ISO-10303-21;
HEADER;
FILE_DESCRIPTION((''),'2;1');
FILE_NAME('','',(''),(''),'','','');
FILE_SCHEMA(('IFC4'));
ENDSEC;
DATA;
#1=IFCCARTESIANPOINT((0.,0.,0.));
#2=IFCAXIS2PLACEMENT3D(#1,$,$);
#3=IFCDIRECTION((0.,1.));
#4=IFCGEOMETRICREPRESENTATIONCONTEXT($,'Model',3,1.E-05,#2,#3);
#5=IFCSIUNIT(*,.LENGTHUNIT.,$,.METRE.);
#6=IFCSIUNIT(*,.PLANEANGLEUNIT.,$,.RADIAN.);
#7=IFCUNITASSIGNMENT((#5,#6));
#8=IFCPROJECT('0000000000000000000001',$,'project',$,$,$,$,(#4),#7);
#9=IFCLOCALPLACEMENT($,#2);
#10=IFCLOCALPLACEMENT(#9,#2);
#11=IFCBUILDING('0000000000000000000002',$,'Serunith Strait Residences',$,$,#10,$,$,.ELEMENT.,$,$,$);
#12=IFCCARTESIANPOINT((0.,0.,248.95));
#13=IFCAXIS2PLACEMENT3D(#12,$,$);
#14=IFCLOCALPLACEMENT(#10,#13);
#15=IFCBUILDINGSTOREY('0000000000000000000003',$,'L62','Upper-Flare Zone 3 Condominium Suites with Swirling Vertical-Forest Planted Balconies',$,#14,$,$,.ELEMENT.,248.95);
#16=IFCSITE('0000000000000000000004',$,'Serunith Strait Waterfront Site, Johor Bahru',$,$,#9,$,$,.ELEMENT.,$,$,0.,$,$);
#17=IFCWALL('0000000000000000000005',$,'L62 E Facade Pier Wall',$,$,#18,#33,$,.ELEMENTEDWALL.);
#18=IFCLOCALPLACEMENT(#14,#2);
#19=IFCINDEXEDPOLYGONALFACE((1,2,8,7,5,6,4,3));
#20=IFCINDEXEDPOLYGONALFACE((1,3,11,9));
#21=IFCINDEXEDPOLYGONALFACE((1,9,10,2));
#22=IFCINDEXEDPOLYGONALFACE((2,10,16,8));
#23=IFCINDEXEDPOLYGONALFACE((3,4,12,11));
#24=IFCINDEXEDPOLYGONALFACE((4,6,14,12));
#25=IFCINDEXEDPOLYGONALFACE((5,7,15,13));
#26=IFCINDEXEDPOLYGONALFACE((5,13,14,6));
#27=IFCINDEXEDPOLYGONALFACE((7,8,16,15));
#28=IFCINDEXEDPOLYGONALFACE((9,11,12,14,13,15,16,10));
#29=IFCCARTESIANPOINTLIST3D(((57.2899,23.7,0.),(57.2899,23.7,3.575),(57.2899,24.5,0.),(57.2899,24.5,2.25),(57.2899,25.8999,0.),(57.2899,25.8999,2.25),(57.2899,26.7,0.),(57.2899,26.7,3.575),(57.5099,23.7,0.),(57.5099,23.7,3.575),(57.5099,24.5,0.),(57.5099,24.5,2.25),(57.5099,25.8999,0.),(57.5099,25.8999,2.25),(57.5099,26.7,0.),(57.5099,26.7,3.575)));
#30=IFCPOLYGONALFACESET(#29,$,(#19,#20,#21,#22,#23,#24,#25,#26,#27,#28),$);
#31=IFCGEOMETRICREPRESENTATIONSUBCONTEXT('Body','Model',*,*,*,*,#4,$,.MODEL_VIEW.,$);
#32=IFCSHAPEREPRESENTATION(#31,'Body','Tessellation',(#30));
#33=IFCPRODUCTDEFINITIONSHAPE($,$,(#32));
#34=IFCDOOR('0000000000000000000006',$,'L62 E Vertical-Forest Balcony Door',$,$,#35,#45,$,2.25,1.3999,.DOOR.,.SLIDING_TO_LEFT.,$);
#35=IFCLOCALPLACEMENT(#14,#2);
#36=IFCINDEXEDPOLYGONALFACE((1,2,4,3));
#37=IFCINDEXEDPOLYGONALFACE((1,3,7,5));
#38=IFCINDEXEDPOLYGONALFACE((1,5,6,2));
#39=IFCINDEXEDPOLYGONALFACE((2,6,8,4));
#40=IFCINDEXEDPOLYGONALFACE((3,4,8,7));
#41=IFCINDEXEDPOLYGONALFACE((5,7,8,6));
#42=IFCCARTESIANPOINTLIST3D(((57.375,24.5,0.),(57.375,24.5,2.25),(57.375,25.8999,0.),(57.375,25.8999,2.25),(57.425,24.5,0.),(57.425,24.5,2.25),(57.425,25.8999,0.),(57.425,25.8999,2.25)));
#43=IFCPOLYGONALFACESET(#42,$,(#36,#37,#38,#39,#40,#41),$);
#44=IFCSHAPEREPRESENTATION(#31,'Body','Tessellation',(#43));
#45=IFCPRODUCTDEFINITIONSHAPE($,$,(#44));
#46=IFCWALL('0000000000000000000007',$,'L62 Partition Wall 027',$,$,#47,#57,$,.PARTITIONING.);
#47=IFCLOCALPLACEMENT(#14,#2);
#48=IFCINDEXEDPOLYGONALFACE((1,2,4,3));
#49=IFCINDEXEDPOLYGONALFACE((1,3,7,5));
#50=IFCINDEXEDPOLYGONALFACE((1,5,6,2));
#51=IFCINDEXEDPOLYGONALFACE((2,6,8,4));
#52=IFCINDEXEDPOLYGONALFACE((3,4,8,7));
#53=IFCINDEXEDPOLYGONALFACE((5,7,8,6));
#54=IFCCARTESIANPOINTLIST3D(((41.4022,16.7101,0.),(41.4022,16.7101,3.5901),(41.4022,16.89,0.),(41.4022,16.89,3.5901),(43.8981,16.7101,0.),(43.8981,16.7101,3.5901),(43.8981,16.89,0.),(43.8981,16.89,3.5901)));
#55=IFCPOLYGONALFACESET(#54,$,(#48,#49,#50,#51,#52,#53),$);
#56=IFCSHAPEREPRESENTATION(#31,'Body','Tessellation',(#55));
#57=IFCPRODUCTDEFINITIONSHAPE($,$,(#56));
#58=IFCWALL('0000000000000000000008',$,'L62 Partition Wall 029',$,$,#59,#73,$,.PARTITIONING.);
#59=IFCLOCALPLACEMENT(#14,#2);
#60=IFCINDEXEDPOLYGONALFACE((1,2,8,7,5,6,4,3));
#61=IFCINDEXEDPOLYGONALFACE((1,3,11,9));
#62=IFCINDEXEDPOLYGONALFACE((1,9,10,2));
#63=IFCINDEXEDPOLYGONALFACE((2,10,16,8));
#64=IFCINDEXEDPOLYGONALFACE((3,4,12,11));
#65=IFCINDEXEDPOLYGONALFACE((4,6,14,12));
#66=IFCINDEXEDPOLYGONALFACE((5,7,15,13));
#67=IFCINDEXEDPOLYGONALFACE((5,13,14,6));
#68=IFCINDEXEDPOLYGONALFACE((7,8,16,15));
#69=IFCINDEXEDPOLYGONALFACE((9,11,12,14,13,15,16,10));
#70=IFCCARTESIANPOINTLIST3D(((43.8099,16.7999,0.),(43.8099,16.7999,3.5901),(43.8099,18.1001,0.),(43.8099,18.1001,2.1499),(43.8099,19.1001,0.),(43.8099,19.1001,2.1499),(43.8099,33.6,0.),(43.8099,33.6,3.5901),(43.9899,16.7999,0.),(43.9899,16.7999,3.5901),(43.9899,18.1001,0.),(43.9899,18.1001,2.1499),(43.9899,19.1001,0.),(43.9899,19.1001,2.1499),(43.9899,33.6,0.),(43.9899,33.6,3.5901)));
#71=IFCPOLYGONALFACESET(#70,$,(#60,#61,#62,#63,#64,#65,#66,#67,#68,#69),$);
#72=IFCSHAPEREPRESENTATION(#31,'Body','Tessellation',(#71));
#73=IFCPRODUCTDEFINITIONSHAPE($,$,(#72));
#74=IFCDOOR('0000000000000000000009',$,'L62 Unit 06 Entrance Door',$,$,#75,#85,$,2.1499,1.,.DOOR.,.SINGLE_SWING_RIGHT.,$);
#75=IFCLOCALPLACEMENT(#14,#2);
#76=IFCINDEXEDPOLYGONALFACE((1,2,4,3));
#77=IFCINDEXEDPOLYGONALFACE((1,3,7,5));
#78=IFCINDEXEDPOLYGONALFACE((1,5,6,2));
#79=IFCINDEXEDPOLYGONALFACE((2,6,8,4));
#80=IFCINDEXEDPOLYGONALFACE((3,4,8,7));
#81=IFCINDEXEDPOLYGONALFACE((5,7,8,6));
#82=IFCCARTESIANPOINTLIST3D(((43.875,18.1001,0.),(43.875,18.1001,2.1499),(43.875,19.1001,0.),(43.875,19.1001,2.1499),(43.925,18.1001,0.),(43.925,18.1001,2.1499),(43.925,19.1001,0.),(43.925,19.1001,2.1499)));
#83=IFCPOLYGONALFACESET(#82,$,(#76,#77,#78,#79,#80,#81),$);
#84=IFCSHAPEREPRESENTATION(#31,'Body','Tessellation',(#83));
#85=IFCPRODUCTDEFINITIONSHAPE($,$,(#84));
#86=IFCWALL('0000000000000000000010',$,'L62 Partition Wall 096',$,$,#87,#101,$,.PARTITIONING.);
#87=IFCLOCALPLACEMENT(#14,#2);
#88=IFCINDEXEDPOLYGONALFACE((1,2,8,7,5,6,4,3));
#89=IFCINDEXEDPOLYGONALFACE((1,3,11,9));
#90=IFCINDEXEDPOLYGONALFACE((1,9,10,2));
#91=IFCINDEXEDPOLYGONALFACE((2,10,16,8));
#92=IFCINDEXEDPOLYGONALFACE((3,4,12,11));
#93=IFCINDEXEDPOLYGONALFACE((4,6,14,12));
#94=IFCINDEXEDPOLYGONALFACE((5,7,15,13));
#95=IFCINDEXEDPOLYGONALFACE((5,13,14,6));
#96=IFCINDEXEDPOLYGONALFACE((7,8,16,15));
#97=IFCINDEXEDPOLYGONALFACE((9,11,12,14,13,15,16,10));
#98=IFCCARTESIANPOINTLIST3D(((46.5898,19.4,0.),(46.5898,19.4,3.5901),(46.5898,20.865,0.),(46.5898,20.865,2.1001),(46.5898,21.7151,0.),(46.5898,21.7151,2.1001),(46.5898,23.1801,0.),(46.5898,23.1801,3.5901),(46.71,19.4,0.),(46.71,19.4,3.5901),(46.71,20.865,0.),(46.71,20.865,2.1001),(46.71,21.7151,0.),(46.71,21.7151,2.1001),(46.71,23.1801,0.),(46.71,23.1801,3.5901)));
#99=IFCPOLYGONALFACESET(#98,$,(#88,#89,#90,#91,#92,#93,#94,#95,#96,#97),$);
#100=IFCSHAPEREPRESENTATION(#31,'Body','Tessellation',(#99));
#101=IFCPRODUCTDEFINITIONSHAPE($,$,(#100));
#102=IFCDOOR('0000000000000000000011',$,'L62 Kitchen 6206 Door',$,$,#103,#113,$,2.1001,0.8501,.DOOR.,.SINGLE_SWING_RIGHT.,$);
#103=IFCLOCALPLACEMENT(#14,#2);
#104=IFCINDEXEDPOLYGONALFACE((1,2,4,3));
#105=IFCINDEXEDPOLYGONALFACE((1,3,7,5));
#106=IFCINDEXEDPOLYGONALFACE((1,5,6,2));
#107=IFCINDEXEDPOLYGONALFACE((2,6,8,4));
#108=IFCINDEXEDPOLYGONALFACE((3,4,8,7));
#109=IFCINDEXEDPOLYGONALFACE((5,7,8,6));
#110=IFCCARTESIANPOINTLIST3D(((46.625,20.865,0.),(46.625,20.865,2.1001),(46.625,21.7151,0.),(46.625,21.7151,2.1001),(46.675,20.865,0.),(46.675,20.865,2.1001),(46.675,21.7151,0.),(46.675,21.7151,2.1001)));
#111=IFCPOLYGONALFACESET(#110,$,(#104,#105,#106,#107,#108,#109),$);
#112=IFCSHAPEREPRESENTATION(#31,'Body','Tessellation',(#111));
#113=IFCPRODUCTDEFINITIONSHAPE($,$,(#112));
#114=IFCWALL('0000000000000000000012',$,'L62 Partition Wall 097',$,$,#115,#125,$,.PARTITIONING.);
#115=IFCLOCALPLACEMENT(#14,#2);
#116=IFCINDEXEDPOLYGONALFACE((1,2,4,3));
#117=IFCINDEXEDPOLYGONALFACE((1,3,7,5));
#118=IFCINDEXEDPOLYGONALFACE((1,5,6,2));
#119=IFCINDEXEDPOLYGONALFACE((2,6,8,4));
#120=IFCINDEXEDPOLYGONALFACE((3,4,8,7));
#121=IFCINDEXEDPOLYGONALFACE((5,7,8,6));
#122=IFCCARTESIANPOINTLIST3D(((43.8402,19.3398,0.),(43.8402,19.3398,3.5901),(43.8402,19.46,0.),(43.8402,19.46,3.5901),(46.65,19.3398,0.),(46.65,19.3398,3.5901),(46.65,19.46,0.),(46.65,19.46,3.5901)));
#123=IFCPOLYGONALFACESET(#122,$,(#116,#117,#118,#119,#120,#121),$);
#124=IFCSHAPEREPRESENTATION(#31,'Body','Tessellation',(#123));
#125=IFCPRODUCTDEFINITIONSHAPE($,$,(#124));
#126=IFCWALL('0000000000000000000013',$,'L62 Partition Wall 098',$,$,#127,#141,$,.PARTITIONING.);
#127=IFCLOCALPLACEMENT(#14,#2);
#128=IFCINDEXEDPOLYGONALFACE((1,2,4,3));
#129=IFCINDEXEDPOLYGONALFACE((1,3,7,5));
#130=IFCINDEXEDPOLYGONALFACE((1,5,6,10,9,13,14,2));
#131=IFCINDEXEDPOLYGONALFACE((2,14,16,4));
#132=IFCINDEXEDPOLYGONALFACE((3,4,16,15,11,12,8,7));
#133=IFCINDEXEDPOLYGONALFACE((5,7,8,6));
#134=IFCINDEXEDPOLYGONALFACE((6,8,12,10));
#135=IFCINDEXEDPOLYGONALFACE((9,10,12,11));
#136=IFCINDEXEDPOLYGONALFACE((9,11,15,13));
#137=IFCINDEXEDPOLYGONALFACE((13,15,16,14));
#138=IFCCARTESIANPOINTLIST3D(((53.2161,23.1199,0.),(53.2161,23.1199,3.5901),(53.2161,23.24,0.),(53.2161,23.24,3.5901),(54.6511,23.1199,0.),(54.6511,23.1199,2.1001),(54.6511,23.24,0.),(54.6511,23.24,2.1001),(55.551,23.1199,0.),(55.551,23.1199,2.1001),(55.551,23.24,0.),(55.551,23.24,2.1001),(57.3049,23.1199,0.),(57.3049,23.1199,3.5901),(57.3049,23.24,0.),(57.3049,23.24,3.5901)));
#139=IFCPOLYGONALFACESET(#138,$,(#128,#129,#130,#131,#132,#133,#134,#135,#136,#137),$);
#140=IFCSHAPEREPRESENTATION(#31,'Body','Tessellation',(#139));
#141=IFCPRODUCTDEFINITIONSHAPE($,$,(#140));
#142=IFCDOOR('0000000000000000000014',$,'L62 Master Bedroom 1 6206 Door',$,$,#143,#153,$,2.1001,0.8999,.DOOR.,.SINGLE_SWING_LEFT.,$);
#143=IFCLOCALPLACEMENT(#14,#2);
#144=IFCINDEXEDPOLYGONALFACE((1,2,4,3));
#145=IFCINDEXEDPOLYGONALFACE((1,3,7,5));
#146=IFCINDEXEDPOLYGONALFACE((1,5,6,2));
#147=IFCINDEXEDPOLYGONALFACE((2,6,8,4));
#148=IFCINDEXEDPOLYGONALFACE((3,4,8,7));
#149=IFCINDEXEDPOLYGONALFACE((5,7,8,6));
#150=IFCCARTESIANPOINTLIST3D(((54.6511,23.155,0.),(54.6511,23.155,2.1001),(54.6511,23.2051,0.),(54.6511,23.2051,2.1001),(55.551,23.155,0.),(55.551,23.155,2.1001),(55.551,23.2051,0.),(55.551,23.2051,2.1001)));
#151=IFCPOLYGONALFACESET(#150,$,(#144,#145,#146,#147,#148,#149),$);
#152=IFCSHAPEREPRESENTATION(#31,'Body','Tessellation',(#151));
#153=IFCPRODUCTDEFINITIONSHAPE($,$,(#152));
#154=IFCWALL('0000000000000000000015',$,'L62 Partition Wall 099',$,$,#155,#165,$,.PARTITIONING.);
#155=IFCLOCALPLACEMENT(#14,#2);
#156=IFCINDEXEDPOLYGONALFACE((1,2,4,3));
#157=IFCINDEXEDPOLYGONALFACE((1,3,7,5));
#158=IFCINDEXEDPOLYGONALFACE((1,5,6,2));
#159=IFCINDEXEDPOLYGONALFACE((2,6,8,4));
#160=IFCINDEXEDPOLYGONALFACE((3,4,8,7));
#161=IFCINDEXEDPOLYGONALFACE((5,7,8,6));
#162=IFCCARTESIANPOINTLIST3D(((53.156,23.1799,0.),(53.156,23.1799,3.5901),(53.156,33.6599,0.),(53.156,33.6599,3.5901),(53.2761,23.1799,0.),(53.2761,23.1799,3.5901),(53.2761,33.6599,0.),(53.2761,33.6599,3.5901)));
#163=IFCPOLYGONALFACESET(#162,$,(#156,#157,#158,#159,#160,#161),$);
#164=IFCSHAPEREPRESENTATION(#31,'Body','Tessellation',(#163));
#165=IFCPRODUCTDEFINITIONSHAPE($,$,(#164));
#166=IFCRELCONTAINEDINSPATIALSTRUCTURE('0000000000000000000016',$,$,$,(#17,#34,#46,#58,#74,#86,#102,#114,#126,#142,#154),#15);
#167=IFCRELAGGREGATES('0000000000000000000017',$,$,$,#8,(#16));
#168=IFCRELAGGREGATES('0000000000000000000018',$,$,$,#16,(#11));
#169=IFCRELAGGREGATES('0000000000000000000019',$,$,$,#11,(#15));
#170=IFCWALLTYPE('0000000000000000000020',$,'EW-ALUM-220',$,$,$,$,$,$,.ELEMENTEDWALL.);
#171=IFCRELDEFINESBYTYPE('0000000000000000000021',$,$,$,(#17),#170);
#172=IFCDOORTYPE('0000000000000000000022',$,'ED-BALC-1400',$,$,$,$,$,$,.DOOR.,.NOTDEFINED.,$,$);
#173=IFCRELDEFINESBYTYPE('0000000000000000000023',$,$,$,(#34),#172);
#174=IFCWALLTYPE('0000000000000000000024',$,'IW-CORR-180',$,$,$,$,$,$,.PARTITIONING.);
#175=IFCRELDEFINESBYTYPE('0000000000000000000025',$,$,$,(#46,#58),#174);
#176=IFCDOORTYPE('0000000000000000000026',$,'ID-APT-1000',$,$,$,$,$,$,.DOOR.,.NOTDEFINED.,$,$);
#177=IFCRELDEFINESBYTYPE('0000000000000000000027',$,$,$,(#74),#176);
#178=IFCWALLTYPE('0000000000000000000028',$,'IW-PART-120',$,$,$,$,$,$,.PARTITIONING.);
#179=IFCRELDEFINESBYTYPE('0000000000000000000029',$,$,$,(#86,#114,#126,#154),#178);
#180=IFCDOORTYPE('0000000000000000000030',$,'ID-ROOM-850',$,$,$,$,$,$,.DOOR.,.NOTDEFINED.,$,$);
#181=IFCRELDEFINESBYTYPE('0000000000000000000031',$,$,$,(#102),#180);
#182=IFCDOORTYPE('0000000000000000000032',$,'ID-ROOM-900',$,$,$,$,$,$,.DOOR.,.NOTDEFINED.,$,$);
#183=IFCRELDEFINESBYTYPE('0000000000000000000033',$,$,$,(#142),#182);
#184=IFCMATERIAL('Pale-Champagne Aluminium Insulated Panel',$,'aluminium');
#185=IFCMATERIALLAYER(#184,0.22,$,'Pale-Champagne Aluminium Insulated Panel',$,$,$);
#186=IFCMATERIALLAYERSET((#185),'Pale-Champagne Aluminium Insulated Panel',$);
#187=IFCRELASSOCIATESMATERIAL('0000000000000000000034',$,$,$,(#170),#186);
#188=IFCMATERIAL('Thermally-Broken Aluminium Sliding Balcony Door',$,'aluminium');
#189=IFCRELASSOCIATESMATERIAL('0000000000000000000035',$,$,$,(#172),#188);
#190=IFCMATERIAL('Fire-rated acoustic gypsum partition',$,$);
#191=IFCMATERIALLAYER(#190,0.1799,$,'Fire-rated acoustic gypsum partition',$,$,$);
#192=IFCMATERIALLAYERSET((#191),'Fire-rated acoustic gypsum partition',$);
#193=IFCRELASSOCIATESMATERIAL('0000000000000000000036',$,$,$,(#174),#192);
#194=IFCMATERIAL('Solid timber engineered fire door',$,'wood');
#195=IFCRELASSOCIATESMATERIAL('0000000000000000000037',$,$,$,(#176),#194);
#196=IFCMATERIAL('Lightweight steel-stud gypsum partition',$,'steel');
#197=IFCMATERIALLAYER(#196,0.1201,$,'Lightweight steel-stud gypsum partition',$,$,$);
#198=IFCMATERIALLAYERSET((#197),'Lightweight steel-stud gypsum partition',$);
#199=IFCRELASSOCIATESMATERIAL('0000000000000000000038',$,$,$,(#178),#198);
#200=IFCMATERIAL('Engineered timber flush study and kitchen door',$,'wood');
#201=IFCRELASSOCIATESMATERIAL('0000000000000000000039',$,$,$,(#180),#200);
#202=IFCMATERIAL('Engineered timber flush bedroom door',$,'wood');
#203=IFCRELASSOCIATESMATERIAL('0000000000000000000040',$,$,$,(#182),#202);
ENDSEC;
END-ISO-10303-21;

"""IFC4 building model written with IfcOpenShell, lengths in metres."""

from ifc_helpers import new_model, si_unit, direction, frame, frame_2d, origin, place, context, subcontext, project, spatial, rectangle, extrude, source, transform, mapped, material, layer, layer_set, type_object, element, fill, save


model = new_model("IFC4")

# Units and contexts
model_context = context("Model", 3, precision=1e-05, world=origin(), true_north=direction((0.0, 1.0)))
body_context = subcontext(model_context, "Body", "Model", "MODEL_VIEW")
ifc_project = project(units=[si_unit("LENGTHUNIT", "METRE"), si_unit("PLANEANGLEUNIT", "RADIAN")], contexts=[model_context])

# Site, building, storey
site_placement = place(None, origin())
site = spatial("IfcSite", under=ifc_project, at=site_placement, Name="Serunith Strait Waterfront Site, Johor Bahru", CompositionType="ELEMENT", RefElevation=0.0)
building_placement = place(site_placement, origin())
building = spatial("IfcBuilding", under=site, at=building_placement, Name="Serunith Strait Residences", CompositionType="ELEMENT")
storey_placement = place(building_placement, frame((0.0, 0.0, 248.95)))
storey = spatial("IfcBuildingStorey", under=building, at=storey_placement, Name="L62", Description="Upper-Flare Zone 3 Condominium Suites with Swirling Vertical-Forest Planted Balconies", CompositionType="ELEMENT", Elevation=248.95)

# Wall, opening, door
ifc_material_1 = material(Name="Pale-Champagne Aluminium Insulated Panel", Category="aluminium")
ifc_layer_1 = layer(ifc_material_1, 0.22, Name="Pale-Champagne Aluminium Insulated Panel")
ifc_layer_set_1 = layer_set([ifc_layer_1], Name="Pale-Champagne Aluminium Insulated Panel")
wall_type_1 = type_object("IfcWallType", Name="EW-ALUM-220", PredefinedType="ELEMENTEDWALL", material=ifc_layer_set_1)
wall_1_placement = place(storey_placement, frame((57.3999, 23.7, 0.0), z_axis=(0.0, 0.0, 1.0), x_axis=(0.0, 1.0, 0.0)))
wall_1 = element("IfcWall", 1, at=wall_1_placement, inside=storey, type_object=wall_type_1, Name="L62 E Facade Pier Wall", PredefinedType="ELEMENTEDWALL", context=body_context, shape_type="SweptSolid", body=[
    extrude(rectangle(XDim=3.0, YDim=0.22, at=frame_2d((1.5, 0.0))), origin(), (0.0, 0.0, 1.0), 3.575),
])
opening_1_placement = place(wall_1_placement, frame((0.8, 0.0, 0.0)))
opening_1 = element("IfcOpeningElement", 2, at=opening_1_placement, cuts=wall_1, PredefinedType="OPENING", context=body_context, shape_type="SweptSolid", body=[
    extrude(rectangle(XDim=1.3999, YDim=2.25, at=frame_2d((0.7, 1.125))), frame((0.0, 0.1201, 0.0), z_axis=(0.0, -1.0, 0.0), x_axis=(1.0, 0.0, 0.0)), (0.0, 0.0, 1.0), 0.24),
])
ifc_material_2 = material(Name="Thermally-Broken Aluminium Sliding Balcony Door", Category="aluminium")
door_type_1 = type_object("IfcDoorType", Name="ED-BALC-1400", OperationType="NOTDEFINED", PredefinedType="DOOR", material=ifc_material_2)
shared_shape_1 = source(origin(), body_context, "Body", "SweptSolid", [
    extrude(rectangle(XDim=1.3999, YDim=2.25, at=frame_2d((0.7, 1.125))), frame((0.0, 0.0249, 0.0), z_axis=(0.0, -1.0, 0.0), x_axis=(1.0, 0.0, 0.0)), (0.0, 0.0, 1.0), 0.05),
])
door_1_placement = place(opening_1_placement, origin())
door_1 = element("IfcDoor", 3, at=door_1_placement, inside=storey, type_object=door_type_1, Name="L62 E Vertical-Forest Balcony Door", OperationType="SLIDING_TO_LEFT", OverallHeight=2.25, OverallWidth=1.3999, PredefinedType="DOOR", context=body_context, shape_type="MappedRepresentation", body=[
    mapped(shared_shape_1, transform((0.0, 0.0, 0.0), scale=1.0)),
])
fill(opening_1, door_1)

# Wall
ifc_material_3 = material(Name="Fire-rated acoustic gypsum partition")
ifc_layer_2 = layer(ifc_material_3, 0.1799, Name="Fire-rated acoustic gypsum partition")
ifc_layer_set_2 = layer_set([ifc_layer_2], Name="Fire-rated acoustic gypsum partition")
wall_type_2 = type_object("IfcWallType", Name="IW-CORR-180", PredefinedType="PARTITIONING", material=ifc_layer_set_2)
wall_2_placement = place(storey_placement, frame((41.4021, 16.8, 0.0), z_axis=(0.0, 0.0, 1.0), x_axis=(1.0, 0.0, 0.0)))
element("IfcWall", 4, at=wall_2_placement, inside=storey, type_object=wall_type_2, Name="L62 Partition Wall 027", PredefinedType="PARTITIONING", context=body_context, shape_type="SweptSolid", body=[
    extrude(rectangle(XDim=2.4958, YDim=0.1799, at=frame_2d((1.248, 0.0))), origin(), (0.0, 0.0, 1.0), 3.5901),
])

# Walls, openings, doors
wall_3_placement = place(storey_placement, frame((43.8999, 16.8, 0.0), z_axis=(0.0, 0.0, 1.0), x_axis=(0.0, 1.0, 0.0)))
wall_3 = element("IfcWall", 5, at=wall_3_placement, inside=storey, type_object=wall_type_2, Name="L62 Partition Wall 029", PredefinedType="PARTITIONING", context=body_context, shape_type="SweptSolid", body=[
    extrude(rectangle(XDim=16.8, YDim=0.1799, at=frame_2d((8.3999, 0.0))), origin(), (0.0, 0.0, 1.0), 3.5901),
])
opening_2_placement = place(wall_3_placement, frame((1.3, 0.0, 0.0)))
opening_2 = element("IfcOpeningElement", 6, at=opening_2_placement, cuts=wall_3, PredefinedType="OPENING", context=body_context, shape_type="SweptSolid", body=[
    extrude(rectangle(XDim=1.0, YDim=2.1499, at=frame_2d((0.5, 1.075))), frame((0.0, 0.1001, 0.0), z_axis=(0.0, -1.0, 0.0), x_axis=(1.0, 0.0, 0.0)), (0.0, 0.0, 1.0), 0.2),
])
ifc_material_4 = material(Name="Solid timber engineered fire door", Category="wood")
door_type_2 = type_object("IfcDoorType", Name="ID-APT-1000", OperationType="NOTDEFINED", PredefinedType="DOOR", material=ifc_material_4)
shared_shape_2 = source(origin(), body_context, "Body", "SweptSolid", [
    extrude(rectangle(XDim=1.0, YDim=2.1499, at=frame_2d((0.5, 1.075))), frame((0.0, 0.0249, 0.0), z_axis=(0.0, -1.0, 0.0), x_axis=(1.0, 0.0, 0.0)), (0.0, 0.0, 1.0), 0.05),
])
door_2_placement = place(opening_2_placement, origin())
door_2 = element("IfcDoor", 7, at=door_2_placement, inside=storey, type_object=door_type_2, Name="L62 Unit 06 Entrance Door", OperationType="SINGLE_SWING_RIGHT", OverallHeight=2.1499, OverallWidth=1.0, PredefinedType="DOOR", context=body_context, shape_type="MappedRepresentation", body=[
    mapped(shared_shape_2, transform((0.0, 0.0, 0.0), scale=1.0)),
])
fill(opening_2, door_2)
ifc_material_5 = material(Name="Lightweight steel-stud gypsum partition", Category="steel")
ifc_layer_3 = layer(ifc_material_5, 0.1201, Name="Lightweight steel-stud gypsum partition")
ifc_layer_set_3 = layer_set([ifc_layer_3], Name="Lightweight steel-stud gypsum partition")
wall_type_3 = type_object("IfcWallType", Name="IW-PART-120", PredefinedType="PARTITIONING", material=ifc_layer_set_3)
wall_4_placement = place(storey_placement, frame((46.6499, 19.3999, 0.0), z_axis=(0.0, 0.0, 1.0), x_axis=(0.0, 1.0, 0.0)))
wall_4 = element("IfcWall", 8, at=wall_4_placement, inside=storey, type_object=wall_type_3, Name="L62 Partition Wall 096", PredefinedType="PARTITIONING", context=body_context, shape_type="SweptSolid", body=[
    extrude(rectangle(XDim=3.78, YDim=0.1201, at=frame_2d((1.8901, 0.0))), origin(), (0.0, 0.0, 1.0), 3.5901),
])
opening_3_placement = place(wall_4_placement, frame((1.4651, 0.0, 0.0)))
opening_3 = element("IfcOpeningElement", 9, at=opening_3_placement, cuts=wall_4, PredefinedType="OPENING", context=body_context, shape_type="SweptSolid", body=[
    extrude(rectangle(XDim=0.8501, YDim=2.1001, at=frame_2d((0.425, 1.05))), frame((0.0, 0.0701, 0.0), z_axis=(0.0, -1.0, 0.0), x_axis=(1.0, 0.0, 0.0)), (0.0, 0.0, 1.0), 0.1401),
])
ifc_material_6 = material(Name="Engineered timber flush study and kitchen door", Category="wood")
door_type_3 = type_object("IfcDoorType", Name="ID-ROOM-850", OperationType="NOTDEFINED", PredefinedType="DOOR", material=ifc_material_6)
shared_shape_3 = source(origin(), body_context, "Body", "SweptSolid", [
    extrude(rectangle(XDim=0.8501, YDim=2.1001, at=frame_2d((0.425, 1.05))), frame((0.0, 0.0249, 0.0), z_axis=(0.0, -1.0, 0.0), x_axis=(1.0, 0.0, 0.0)), (0.0, 0.0, 1.0), 0.05),
])
door_3_placement = place(opening_3_placement, origin())
door_3 = element("IfcDoor", 10, at=door_3_placement, inside=storey, type_object=door_type_3, Name="L62 Kitchen 6206 Door", OperationType="SINGLE_SWING_RIGHT", OverallHeight=2.1001, OverallWidth=0.8501, PredefinedType="DOOR", context=body_context, shape_type="MappedRepresentation", body=[
    mapped(shared_shape_3, transform((0.0, 0.0, 0.0), scale=1.0)),
])
fill(opening_3, door_3)

# Wall
wall_5_placement = place(storey_placement, frame((46.6499, 19.3999, 0.0), z_axis=(0.0, 0.0, 1.0), x_axis=(-1.0, 0.0, 0.0)))
element("IfcWall", 11, at=wall_5_placement, inside=storey, type_object=wall_type_3, Name="L62 Partition Wall 097", PredefinedType="PARTITIONING", context=body_context, shape_type="SweptSolid", body=[
    extrude(rectangle(XDim=2.8098, YDim=0.1201, at=frame_2d((1.4048, 0.0))), origin(), (0.0, 0.0, 1.0), 3.5901),
])

# Wall, opening, door
wall_6_placement = place(storey_placement, frame((57.3049, 23.1799, 0.0), z_axis=(0.0, 0.0, 1.0), x_axis=(-1.0, 0.0, 0.0)))
wall_6 = element("IfcWall", 12, at=wall_6_placement, inside=storey, type_object=wall_type_3, Name="L62 Partition Wall 098", PredefinedType="PARTITIONING", context=body_context, shape_type="SweptSolid", body=[
    extrude(rectangle(XDim=4.0889, YDim=0.1201, at=frame_2d((2.0444, 0.0))), origin(), (0.0, 0.0, 1.0), 3.5901),
])
opening_4_placement = place(wall_6_placement, frame((1.7539, 0.0, 0.0)))
opening_4 = element("IfcOpeningElement", 13, at=opening_4_placement, cuts=wall_6, PredefinedType="OPENING", context=body_context, shape_type="SweptSolid", body=[
    extrude(rectangle(XDim=0.8999, YDim=2.1001, at=frame_2d((0.45, 1.05))), frame((0.0, 0.0701, 0.0), z_axis=(0.0, -1.0, 0.0), x_axis=(1.0, 0.0, 0.0)), (0.0, 0.0, 1.0), 0.1401),
])
ifc_material_7 = material(Name="Engineered timber flush bedroom door", Category="wood")
door_type_4 = type_object("IfcDoorType", Name="ID-ROOM-900", OperationType="NOTDEFINED", PredefinedType="DOOR", material=ifc_material_7)
shared_shape_4 = source(origin(), body_context, "Body", "SweptSolid", [
    extrude(rectangle(XDim=0.8999, YDim=2.1001, at=frame_2d((0.45, 1.05))), frame((0.0, 0.0249, 0.0), z_axis=(0.0, -1.0, 0.0), x_axis=(1.0, 0.0, 0.0)), (0.0, 0.0, 1.0), 0.05),
])
door_4_placement = place(opening_4_placement, origin())
door_4 = element("IfcDoor", 14, at=door_4_placement, inside=storey, type_object=door_type_4, Name="L62 Master Bedroom 1 6206 Door", OperationType="SINGLE_SWING_LEFT", OverallHeight=2.1001, OverallWidth=0.8999, PredefinedType="DOOR", context=body_context, shape_type="MappedRepresentation", body=[
    mapped(shared_shape_4, transform((0.0, 0.0, 0.0), scale=1.0)),
])
fill(opening_4, door_4)

# Wall
wall_7_placement = place(storey_placement, frame((53.2161, 23.1799, 0.0), z_axis=(0.0, 0.0, 1.0), x_axis=(0.0, 1.0, 0.0)))
element("IfcWall", 15, at=wall_7_placement, inside=storey, type_object=wall_type_3, Name="L62 Partition Wall 099", PredefinedType="PARTITIONING", context=body_context, shape_type="SweptSolid", body=[
    extrude(rectangle(XDim=10.48, YDim=0.1201, at=frame_2d((5.24, 0.0))), origin(), (0.0, 0.0, 1.0), 3.5901),
])

save(model, "model.ifc")
